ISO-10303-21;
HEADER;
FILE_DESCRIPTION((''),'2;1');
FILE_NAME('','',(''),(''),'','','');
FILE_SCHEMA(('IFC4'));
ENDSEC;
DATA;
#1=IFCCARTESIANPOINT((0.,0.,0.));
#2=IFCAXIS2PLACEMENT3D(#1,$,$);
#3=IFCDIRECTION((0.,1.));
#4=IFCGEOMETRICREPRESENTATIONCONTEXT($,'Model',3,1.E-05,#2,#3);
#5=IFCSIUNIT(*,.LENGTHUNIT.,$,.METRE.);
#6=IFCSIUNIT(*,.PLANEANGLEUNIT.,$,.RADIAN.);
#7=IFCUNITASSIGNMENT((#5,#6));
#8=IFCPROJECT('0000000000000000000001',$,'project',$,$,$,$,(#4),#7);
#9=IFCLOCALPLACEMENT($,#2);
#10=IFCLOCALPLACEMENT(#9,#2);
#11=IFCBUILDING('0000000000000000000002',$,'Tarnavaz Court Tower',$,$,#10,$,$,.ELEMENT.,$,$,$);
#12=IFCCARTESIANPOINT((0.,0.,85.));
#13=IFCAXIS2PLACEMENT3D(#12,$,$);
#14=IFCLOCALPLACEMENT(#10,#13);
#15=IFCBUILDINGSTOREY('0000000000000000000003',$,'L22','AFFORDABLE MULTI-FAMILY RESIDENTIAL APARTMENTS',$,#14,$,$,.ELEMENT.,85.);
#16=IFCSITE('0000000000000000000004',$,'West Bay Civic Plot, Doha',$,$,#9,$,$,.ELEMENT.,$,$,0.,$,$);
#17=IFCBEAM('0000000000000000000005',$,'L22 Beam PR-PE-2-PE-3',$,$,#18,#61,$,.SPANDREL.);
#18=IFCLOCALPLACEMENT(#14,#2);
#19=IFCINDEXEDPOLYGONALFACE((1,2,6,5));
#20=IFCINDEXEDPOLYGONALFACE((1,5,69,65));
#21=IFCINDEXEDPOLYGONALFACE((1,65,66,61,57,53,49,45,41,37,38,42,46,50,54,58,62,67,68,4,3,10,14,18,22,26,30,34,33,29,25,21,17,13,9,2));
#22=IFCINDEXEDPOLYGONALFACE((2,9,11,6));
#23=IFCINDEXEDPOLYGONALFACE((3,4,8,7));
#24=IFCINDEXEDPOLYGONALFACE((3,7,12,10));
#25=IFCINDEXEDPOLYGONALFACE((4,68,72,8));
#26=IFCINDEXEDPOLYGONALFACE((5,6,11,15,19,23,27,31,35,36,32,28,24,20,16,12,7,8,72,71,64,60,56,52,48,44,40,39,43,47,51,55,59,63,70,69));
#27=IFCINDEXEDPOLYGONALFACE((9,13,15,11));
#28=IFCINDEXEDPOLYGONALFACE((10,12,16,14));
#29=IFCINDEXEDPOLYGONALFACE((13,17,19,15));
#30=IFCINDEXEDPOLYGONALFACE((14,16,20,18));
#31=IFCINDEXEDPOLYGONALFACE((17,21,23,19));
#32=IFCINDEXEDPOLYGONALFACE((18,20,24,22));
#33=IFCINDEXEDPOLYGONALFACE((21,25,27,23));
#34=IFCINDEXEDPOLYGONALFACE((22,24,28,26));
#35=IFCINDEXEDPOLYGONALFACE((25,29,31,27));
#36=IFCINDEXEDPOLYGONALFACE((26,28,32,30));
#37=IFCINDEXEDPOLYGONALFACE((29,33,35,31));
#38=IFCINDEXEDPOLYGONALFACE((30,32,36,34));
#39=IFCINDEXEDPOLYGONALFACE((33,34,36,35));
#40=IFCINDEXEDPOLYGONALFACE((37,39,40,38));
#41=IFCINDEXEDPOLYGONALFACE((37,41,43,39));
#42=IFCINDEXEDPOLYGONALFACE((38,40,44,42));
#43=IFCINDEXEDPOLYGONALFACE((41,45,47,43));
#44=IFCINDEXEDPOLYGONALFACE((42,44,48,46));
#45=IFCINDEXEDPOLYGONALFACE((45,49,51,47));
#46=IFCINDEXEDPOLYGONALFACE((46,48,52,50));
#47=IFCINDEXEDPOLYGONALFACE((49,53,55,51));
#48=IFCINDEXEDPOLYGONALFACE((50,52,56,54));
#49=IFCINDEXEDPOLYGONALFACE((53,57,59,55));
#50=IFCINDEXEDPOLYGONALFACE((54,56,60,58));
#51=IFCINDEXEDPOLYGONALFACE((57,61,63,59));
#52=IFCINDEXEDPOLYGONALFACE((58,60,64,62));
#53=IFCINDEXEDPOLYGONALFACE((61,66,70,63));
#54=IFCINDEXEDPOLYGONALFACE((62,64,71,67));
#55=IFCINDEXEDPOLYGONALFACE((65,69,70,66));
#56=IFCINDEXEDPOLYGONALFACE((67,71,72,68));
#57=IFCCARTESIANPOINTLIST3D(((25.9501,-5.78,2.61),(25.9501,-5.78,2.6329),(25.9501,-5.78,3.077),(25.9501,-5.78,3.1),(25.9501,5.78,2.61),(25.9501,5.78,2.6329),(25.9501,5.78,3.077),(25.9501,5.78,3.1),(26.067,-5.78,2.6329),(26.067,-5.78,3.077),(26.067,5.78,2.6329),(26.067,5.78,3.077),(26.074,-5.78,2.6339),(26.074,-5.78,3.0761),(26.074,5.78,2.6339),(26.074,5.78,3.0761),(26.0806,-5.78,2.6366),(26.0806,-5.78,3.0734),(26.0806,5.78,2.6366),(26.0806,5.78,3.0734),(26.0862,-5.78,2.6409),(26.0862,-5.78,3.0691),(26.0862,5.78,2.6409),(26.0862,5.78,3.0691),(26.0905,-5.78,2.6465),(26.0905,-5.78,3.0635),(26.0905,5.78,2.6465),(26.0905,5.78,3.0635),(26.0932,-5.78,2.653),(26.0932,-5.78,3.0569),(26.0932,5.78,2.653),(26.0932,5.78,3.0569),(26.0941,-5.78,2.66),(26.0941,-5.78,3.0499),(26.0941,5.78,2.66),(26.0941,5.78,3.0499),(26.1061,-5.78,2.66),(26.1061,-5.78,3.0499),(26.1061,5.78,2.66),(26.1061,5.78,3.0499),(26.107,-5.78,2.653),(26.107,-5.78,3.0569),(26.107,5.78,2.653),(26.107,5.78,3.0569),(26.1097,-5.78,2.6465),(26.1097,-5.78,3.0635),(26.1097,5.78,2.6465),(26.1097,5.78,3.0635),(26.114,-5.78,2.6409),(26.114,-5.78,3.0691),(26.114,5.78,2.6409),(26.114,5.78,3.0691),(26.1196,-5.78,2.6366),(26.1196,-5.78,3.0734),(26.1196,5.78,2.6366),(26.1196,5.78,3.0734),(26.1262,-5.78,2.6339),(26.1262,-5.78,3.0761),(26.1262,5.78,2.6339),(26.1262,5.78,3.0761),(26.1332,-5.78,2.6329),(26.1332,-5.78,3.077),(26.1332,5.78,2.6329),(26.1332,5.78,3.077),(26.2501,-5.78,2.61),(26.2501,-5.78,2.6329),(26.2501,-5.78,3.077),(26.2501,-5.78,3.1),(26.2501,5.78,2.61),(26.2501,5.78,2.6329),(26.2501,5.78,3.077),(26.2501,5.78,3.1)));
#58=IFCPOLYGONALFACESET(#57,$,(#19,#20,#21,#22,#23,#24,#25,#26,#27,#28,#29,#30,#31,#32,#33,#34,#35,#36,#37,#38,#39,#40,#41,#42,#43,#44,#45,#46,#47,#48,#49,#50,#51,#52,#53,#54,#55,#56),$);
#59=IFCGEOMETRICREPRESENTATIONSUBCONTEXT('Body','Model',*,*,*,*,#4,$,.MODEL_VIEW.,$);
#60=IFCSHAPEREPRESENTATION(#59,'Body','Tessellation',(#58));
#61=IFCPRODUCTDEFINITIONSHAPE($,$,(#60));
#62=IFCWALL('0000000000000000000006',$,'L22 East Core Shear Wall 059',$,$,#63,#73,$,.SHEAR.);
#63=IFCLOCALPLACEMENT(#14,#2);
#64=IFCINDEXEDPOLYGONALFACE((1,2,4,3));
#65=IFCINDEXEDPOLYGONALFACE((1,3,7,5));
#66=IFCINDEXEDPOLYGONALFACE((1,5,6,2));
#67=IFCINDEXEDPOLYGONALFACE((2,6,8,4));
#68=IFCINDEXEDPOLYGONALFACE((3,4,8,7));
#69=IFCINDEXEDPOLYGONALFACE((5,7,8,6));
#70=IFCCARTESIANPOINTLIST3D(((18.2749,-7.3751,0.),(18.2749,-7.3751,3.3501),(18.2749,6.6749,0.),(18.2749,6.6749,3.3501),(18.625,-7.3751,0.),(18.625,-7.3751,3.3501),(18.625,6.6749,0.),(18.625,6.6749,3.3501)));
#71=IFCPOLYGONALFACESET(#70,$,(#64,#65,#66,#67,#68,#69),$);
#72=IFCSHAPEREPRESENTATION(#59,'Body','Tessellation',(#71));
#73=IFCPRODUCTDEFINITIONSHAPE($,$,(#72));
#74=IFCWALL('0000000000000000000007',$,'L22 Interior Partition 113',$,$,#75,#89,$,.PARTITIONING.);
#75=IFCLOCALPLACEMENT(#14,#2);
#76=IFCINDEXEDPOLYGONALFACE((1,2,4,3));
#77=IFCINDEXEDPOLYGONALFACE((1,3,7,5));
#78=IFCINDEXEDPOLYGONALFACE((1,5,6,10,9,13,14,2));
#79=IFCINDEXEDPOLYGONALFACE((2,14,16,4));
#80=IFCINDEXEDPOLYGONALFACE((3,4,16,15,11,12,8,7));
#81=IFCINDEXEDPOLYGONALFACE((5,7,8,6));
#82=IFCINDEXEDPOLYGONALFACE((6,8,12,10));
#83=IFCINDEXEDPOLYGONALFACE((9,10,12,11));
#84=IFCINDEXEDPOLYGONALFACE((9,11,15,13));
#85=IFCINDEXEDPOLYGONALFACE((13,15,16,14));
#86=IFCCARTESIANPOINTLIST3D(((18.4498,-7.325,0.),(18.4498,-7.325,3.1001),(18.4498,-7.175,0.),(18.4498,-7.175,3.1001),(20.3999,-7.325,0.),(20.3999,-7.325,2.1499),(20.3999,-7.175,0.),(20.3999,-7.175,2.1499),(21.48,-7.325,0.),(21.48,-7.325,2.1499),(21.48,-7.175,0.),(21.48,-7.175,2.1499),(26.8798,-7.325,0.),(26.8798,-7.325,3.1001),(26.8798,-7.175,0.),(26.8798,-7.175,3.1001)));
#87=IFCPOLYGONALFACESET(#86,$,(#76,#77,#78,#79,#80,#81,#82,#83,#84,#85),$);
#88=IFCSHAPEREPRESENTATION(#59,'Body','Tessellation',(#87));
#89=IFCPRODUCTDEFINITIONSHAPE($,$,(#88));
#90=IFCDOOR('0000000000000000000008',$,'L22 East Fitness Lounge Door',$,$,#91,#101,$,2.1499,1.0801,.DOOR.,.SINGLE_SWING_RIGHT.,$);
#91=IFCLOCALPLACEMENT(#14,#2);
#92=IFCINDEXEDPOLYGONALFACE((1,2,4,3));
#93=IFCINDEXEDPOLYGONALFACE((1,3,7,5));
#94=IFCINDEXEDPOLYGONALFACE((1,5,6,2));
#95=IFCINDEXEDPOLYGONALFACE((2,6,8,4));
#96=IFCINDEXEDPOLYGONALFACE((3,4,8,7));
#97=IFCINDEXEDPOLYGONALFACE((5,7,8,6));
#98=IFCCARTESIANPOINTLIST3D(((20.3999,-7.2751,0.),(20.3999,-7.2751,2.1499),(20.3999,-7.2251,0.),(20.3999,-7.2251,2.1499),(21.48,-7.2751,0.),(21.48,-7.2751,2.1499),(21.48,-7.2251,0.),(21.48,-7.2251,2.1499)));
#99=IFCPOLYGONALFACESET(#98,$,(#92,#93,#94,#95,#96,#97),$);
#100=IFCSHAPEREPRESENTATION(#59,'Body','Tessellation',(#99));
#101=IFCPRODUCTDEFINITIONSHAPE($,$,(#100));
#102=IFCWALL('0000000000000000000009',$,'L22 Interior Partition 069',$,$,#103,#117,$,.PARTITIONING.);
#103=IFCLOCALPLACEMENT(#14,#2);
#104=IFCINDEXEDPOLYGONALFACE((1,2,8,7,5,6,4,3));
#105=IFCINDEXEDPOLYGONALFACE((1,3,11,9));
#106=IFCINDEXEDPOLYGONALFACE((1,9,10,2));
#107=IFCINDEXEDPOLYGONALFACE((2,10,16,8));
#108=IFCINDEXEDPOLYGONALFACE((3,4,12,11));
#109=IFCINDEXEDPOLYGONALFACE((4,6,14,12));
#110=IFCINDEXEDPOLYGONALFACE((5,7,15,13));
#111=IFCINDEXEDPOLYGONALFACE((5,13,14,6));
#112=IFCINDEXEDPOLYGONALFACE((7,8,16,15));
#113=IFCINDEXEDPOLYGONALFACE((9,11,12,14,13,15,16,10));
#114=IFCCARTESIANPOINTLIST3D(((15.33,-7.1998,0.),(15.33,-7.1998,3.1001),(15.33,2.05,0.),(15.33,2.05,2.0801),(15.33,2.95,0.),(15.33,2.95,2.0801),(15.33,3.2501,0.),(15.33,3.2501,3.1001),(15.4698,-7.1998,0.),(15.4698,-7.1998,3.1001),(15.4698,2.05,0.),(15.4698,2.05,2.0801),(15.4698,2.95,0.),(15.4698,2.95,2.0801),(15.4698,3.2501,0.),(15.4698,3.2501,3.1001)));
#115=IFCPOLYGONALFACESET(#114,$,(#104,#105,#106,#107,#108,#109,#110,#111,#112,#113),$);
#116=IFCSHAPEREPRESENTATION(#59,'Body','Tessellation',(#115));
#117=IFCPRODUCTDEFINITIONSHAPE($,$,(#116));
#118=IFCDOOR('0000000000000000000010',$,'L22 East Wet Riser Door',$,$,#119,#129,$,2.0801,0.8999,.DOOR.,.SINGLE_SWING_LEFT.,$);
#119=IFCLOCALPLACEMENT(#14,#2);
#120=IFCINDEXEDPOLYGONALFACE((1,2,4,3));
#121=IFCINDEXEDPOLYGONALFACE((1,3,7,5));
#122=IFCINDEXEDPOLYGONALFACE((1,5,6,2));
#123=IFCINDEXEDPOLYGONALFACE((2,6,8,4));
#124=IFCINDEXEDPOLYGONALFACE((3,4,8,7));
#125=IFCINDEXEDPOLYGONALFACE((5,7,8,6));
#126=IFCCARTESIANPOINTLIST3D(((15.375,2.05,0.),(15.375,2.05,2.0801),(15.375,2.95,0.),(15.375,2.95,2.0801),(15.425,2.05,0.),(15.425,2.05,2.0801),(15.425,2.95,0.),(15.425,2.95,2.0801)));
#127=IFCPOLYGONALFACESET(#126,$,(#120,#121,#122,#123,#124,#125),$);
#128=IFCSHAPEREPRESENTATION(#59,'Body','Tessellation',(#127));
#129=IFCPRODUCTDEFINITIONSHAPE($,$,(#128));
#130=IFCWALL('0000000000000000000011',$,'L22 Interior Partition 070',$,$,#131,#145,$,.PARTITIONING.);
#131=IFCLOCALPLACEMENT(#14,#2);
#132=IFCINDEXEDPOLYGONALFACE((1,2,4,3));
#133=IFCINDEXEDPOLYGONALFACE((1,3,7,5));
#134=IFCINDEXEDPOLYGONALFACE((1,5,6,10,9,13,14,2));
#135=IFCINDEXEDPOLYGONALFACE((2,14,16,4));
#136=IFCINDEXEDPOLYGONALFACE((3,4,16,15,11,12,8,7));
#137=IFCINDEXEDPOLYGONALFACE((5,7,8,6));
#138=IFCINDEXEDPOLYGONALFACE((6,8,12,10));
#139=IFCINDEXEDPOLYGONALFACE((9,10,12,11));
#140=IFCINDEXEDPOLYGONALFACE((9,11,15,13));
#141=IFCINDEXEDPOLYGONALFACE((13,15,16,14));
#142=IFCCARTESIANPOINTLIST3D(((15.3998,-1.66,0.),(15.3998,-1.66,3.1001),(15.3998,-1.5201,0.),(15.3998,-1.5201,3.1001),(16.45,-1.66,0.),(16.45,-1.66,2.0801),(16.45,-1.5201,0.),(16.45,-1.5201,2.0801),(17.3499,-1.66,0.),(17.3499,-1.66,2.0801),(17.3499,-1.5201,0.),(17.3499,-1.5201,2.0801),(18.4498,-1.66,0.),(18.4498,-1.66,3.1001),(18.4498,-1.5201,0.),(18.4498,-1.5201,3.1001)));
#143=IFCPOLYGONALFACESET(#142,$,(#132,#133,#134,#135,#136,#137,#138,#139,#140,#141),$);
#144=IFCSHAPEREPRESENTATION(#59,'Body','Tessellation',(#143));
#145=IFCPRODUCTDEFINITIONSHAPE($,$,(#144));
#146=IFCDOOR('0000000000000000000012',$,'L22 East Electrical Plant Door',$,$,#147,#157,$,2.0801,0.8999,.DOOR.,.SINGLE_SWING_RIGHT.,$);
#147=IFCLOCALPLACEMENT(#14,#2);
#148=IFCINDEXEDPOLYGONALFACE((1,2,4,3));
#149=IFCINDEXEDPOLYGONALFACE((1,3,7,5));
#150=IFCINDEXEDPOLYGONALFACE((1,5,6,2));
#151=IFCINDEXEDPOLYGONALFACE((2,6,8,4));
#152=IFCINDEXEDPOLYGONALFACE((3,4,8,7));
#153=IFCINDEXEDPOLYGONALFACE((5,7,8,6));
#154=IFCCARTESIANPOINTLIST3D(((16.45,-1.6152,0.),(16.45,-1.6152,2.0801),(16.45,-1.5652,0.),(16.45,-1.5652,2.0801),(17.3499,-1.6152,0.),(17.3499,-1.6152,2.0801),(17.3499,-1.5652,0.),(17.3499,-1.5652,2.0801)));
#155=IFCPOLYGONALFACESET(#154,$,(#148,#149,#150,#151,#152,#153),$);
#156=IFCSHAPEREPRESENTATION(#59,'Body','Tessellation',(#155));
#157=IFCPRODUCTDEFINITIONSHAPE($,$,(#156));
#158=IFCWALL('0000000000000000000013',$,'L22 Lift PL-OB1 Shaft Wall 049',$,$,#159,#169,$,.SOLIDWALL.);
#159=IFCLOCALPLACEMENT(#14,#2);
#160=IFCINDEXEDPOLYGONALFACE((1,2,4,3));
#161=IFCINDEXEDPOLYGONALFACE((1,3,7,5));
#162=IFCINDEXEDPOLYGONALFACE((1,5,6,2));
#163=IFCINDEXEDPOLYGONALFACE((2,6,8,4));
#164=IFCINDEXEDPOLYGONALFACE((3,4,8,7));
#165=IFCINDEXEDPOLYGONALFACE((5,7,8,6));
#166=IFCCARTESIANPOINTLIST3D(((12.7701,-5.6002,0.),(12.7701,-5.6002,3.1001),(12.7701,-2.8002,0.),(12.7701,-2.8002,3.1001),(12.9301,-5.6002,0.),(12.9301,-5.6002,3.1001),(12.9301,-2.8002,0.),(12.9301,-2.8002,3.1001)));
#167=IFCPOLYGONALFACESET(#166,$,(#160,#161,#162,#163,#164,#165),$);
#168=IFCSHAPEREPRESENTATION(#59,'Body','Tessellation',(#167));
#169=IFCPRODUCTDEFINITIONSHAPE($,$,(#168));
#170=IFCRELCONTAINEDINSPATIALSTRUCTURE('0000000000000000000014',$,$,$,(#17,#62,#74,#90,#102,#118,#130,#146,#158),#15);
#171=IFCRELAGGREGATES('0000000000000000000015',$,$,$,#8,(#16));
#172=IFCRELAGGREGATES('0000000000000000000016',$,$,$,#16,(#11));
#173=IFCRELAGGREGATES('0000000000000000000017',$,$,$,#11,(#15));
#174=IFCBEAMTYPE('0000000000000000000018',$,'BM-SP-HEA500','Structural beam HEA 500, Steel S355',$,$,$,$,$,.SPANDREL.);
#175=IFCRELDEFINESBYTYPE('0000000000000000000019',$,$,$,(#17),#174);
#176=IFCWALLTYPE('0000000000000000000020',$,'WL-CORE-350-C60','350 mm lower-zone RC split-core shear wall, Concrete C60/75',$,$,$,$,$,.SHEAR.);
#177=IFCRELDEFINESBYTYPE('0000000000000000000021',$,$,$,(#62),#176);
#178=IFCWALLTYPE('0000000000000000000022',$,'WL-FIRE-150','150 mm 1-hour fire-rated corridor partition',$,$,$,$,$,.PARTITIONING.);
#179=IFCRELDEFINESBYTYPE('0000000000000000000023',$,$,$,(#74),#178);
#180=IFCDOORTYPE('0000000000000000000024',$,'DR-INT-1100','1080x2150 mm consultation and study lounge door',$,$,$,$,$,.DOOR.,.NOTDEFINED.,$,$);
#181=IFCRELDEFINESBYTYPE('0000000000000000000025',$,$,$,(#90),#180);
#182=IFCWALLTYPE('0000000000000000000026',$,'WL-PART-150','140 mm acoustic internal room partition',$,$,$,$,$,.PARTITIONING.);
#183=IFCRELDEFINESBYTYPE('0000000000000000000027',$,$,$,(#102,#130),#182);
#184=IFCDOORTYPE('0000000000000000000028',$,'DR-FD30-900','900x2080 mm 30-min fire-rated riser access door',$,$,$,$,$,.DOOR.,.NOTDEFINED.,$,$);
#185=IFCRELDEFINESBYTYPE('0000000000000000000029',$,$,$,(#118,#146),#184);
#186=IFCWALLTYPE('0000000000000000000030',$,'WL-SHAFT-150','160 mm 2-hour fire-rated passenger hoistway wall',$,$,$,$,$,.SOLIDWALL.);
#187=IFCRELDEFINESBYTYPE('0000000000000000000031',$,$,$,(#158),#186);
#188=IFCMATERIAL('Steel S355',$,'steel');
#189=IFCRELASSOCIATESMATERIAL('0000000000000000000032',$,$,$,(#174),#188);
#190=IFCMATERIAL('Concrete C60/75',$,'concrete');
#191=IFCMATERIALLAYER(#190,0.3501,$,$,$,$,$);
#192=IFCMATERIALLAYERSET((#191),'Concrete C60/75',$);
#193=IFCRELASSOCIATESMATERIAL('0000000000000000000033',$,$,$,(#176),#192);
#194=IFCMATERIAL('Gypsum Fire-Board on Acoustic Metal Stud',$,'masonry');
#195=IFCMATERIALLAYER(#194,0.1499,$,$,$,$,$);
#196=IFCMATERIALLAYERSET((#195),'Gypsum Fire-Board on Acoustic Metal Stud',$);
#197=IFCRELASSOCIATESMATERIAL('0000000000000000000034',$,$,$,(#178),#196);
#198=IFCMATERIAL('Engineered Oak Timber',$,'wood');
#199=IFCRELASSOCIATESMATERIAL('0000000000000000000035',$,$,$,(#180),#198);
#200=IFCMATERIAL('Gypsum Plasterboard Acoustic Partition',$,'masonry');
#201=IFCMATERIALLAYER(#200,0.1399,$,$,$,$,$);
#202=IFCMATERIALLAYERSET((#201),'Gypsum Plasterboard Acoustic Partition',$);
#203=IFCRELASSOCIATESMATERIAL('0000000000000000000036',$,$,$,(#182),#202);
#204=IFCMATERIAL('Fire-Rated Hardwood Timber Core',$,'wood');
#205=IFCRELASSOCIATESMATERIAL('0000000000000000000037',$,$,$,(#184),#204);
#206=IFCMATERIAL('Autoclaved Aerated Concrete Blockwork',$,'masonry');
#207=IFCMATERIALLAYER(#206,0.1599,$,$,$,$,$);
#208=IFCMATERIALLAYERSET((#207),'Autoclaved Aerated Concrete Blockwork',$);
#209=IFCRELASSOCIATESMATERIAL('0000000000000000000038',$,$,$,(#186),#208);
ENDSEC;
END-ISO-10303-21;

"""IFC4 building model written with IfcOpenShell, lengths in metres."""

from ifc_helpers import new_model, si_unit, direction, frame, frame_2d, origin, origin_2d, place, context, subcontext, project, spatial, rectangle, i_section, extrude, material, layer, layer_set, material_profile, profile_set, type_object, element, fill, save


model = new_model("IFC4")

# Units and contexts
model_context = context("Model", 3, precision=1e-05, world=origin(), true_north=direction((0.0, 1.0)))
body_context = subcontext(model_context, "Body", "Model", "MODEL_VIEW")
ifc_project = project(units=[si_unit("LENGTHUNIT", "METRE"), si_unit("PLANEANGLEUNIT", "RADIAN")], contexts=[model_context])

# Site, building, storey
site_placement = place(None, origin())
site = spatial("IfcSite", under=ifc_project, at=site_placement, Name="West Bay Civic Plot, Doha", CompositionType="ELEMENT", RefElevation=0.0)
building_placement = place(site_placement, origin())
building = spatial("IfcBuilding", under=site, at=building_placement, Name="Tarnavaz Court Tower", CompositionType="ELEMENT")
storey_placement = place(building_placement, frame((0.0, 0.0, 85.0)))
storey = spatial("IfcBuildingStorey", under=building, at=storey_placement, Name="L22", Description="AFFORDABLE MULTI-FAMILY RESIDENTIAL APARTMENTS", CompositionType="ELEMENT", Elevation=85.0)

# Shared definitions
ifc_material_1 = material(Name="Concrete C60/75", Category="concrete")

# Beam
ifc_material_2 = material(Name="Steel S355", Category="steel")
ifc_material_profile_1 = material_profile(ifc_material_2, i_section(OverallWidth=0.3, OverallDepth=0.49, WebThickness=0.012, FlangeThickness=0.0229, FilletRadius=0.0271, at=origin_2d()), Name="HEA 500")
ifc_profile_set_1 = profile_set([ifc_material_profile_1], Name="Steel S355")
beam_type_1 = type_object("IfcBeamType", Name="BM-SP-HEA500", Description="Structural beam HEA 500, Steel S355", PredefinedType="SPANDREL", material=ifc_profile_set_1)
beam_1_placement = place(storey_placement, frame((26.1001, -5.78, 2.855), z_axis=(0.0, 1.0, 0.0), x_axis=(-1.0, 0.0, 0.0)))
element("IfcBeam", 1, at=beam_1_placement, inside=storey, type_object=beam_type_1, Name="L22 Beam PR-PE-2-PE-3", PredefinedType="SPANDREL", context=body_context, shape_type="SweptSolid", body=[
    extrude(i_section(OverallWidth=0.3, OverallDepth=0.49, WebThickness=0.012, FlangeThickness=0.0229, FilletRadius=0.0271, at=origin_2d()), origin(), (0.0, 0.0, 1.0), 11.5601),
])

# Wall
ifc_layer_1 = layer(ifc_material_1, 0.3501)
ifc_layer_set_1 = layer_set([ifc_layer_1], Name="Concrete C60/75")
wall_type_1 = type_object("IfcWallType", Name="WL-CORE-350-C60", Description="350 mm lower-zone RC split-core shear wall, Concrete C60/75", PredefinedType="SHEAR", material=ifc_layer_set_1)
wall_1_placement = place(storey_placement, frame((18.45, -7.375, 0.0), z_axis=(0.0, 0.0, 1.0), x_axis=(0.0, 1.0, 0.0)))
element("IfcWall", 2, at=wall_1_placement, inside=storey, type_object=wall_type_1, Name="L22 East Core Shear Wall 059", PredefinedType="SHEAR", context=body_context, shape_type="SweptSolid", body=[
    extrude(rectangle(XDim=14.05, YDim=0.3501, at=frame_2d((7.0249, 0.0))), origin(), (0.0, 0.0, 1.0), 3.3501),
])

# Walls, openings, doors
ifc_material_3 = material(Name="Gypsum Fire-Board on Acoustic Metal Stud", Category="masonry")
ifc_layer_2 = layer(ifc_material_3, 0.1499)
ifc_layer_set_2 = layer_set([ifc_layer_2], Name="Gypsum Fire-Board on Acoustic Metal Stud")
wall_type_2 = type_object("IfcWallType", Name="WL-FIRE-150", Description="150 mm 1-hour fire-rated corridor partition", PredefinedType="PARTITIONING", material=ifc_layer_set_2)
wall_2_placement = place(storey_placement, frame((18.45, -7.25, 0.0), z_axis=(0.0, 0.0, 1.0), x_axis=(1.0, 0.0, 0.0)))
wall_2 = element("IfcWall", 3, at=wall_2_placement, inside=storey, type_object=wall_type_2, Name="L22 Interior Partition 113", PredefinedType="PARTITIONING", context=body_context, shape_type="SweptSolid", body=[
    extrude(rectangle(XDim=8.4299, YDim=0.1499, at=frame_2d((4.2148, 0.0))), origin(), (0.0, 0.0, 1.0), 3.1001),
])
opening_1_placement = place(wall_2_placement, frame((1.95, 0.0, 0.0)))
opening_1 = element("IfcOpeningElement", 4, at=opening_1_placement, cuts=wall_2, PredefinedType="OPENING", context=body_context, shape_type="SweptSolid", body=[
    extrude(rectangle(XDim=1.0801, YDim=2.1499, at=frame_2d((0.54, 1.075))), frame((0.0, 0.085, 0.0), z_axis=(0.0, -1.0, 0.0), x_axis=(1.0, 0.0, 0.0)), (0.0, 0.0, 1.0), 0.1699),
])
ifc_material_4 = material(Name="Engineered Oak Timber", Category="wood")
door_type_1 = type_object("IfcDoorType", Name="DR-INT-1100", Description="1080x2150 mm consultation and study lounge door", OperationType="NOTDEFINED", PredefinedType="DOOR", material=ifc_material_4)
door_1_placement = place(opening_1_placement, origin())
door_1 = element("IfcDoor", 5, at=door_1_placement, inside=storey, type_object=door_type_1, Name="L22 East Fitness Lounge Door", OperationType="SINGLE_SWING_RIGHT", OverallHeight=2.1499, OverallWidth=1.0801, PredefinedType="DOOR", context=body_context, shape_type="SweptSolid", body=[
    extrude(rectangle(XDim=1.0801, YDim=2.1499, at=frame_2d((0.54, 1.075))), frame((0.0, 0.0249, 0.0), z_axis=(0.0, -1.0, 0.0), x_axis=(1.0, 0.0, 0.0)), (0.0, 0.0, 1.0), 0.05),
])
fill(opening_1, door_1)
ifc_material_5 = material(Name="Gypsum Plasterboard Acoustic Partition", Category="masonry")
ifc_layer_3 = layer(ifc_material_5, 0.1399)
ifc_layer_set_3 = layer_set([ifc_layer_3], Name="Gypsum Plasterboard Acoustic Partition")
wall_type_3 = type_object("IfcWallType", Name="WL-PART-150", Description="140 mm acoustic internal room partition", PredefinedType="PARTITIONING", material=ifc_layer_set_3)
wall_3_placement = place(storey_placement, frame((15.3999, -7.2, 0.0), z_axis=(0.0, 0.0, 1.0), x_axis=(0.0, 1.0, 0.0)))
wall_3 = element("IfcWall", 6, at=wall_3_placement, inside=storey, type_object=wall_type_3, Name="L22 Interior Partition 069", PredefinedType="PARTITIONING", context=body_context, shape_type="SweptSolid", body=[
    extrude(rectangle(XDim=10.45, YDim=0.1399, at=frame_2d((5.2251, 0.0))), origin(), (0.0, 0.0, 1.0), 3.1001),
])
opening_2_placement = place(wall_3_placement, frame((9.25, 0.0, 0.0)))
opening_2 = element("IfcOpeningElement", 7, at=opening_2_placement, cuts=wall_3, PredefinedType="OPENING", context=body_context, shape_type="SweptSolid", body=[
    extrude(rectangle(XDim=0.8999, YDim=2.0801, at=frame_2d((0.45, 1.04))), frame((0.0, 0.0798, 0.0), z_axis=(0.0, -1.0, 0.0), x_axis=(1.0, 0.0, 0.0)), (0.0, 0.0, 1.0), 0.1599),
])
ifc_material_6 = material(Name="Fire-Rated Hardwood Timber Core", Category="wood")
door_type_2 = type_object("IfcDoorType", Name="DR-FD30-900", Description="900x2080 mm 30-min fire-rated riser access door", OperationType="NOTDEFINED", PredefinedType="DOOR", material=ifc_material_6)
door_2_placement = place(opening_2_placement, origin())
door_2 = element("IfcDoor", 8, at=door_2_placement, inside=storey, type_object=door_type_2, Name="L22 East Wet Riser Door", OperationType="SINGLE_SWING_LEFT", OverallHeight=2.0801, OverallWidth=0.8999, PredefinedType="DOOR", context=body_context, shape_type="SweptSolid", body=[
    extrude(rectangle(XDim=0.8999, YDim=2.0801, at=frame_2d((0.45, 1.04))), frame((0.0, 0.0249, 0.0), z_axis=(0.0, -1.0, 0.0), x_axis=(1.0, 0.0, 0.0)), (0.0, 0.0, 1.0), 0.05),
])
fill(opening_2, door_2)
wall_4_placement = place(storey_placement, frame((15.3999, -1.5901, 0.0), z_axis=(0.0, 0.0, 1.0), x_axis=(1.0, 0.0, 0.0)))
wall_4 = element("IfcWall", 9, at=wall_4_placement, inside=storey, type_object=wall_type_3, Name="L22 Interior Partition 070", PredefinedType="PARTITIONING", context=body_context, shape_type="SweptSolid", body=[
    extrude(rectangle(XDim=3.05, YDim=0.1399, at=frame_2d((1.5249, 0.0))), origin(), (0.0, 0.0, 1.0), 3.1001),
])
opening_3_placement = place(wall_4_placement, frame((1.05, 0.0, 0.0)))
opening_3 = element("IfcOpeningElement", 10, at=opening_3_placement, cuts=wall_4, PredefinedType="OPENING", context=body_context, shape_type="SweptSolid", body=[
    extrude(rectangle(XDim=0.8999, YDim=2.0801, at=frame_2d((0.45, 1.04))), frame((0.0, 0.0798, 0.0), z_axis=(0.0, -1.0, 0.0), x_axis=(1.0, 0.0, 0.0)), (0.0, 0.0, 1.0), 0.1599),
])
door_3_placement = place(opening_3_placement, origin())
door_3 = element("IfcDoor", 11, at=door_3_placement, inside=storey, type_object=door_type_2, Name="L22 East Electrical Plant Door", OperationType="SINGLE_SWING_RIGHT", OverallHeight=2.0801, OverallWidth=0.8999, PredefinedType="DOOR", context=body_context, shape_type="SweptSolid", body=[
    extrude(rectangle(XDim=0.8999, YDim=2.0801, at=frame_2d((0.45, 1.04))), frame((0.0, 0.0249, 0.0), z_axis=(0.0, -1.0, 0.0), x_axis=(1.0, 0.0, 0.0)), (0.0, 0.0, 1.0), 0.05),
])
fill(opening_3, door_3)

# Wall
ifc_material_7 = material(Name="Autoclaved Aerated Concrete Blockwork", Category="masonry")
ifc_layer_4 = layer(ifc_material_7, 0.1599)
ifc_layer_set_4 = layer_set([ifc_layer_4], Name="Autoclaved Aerated Concrete Blockwork")
wall_type_4 = type_object("IfcWallType", Name="WL-SHAFT-150", Description="160 mm 2-hour fire-rated passenger hoistway wall", PredefinedType="SOLIDWALL", material=ifc_layer_set_4)
for number, where, z_axis, x_axis, name in (
    (12, (12.8501, -5.6001, 0.0), (0.0, 0.0, 1.0), (0.0, 1.0, 0.0), "L22 Lift PL-OB1 Shaft Wall 049"),
):
    element("IfcWall", number, at=place(storey_placement, frame(where, z_axis=z_axis, x_axis=x_axis)), inside=storey, type_object=wall_type_4, Name=name, PredefinedType="SOLIDWALL", context=body_context, shape_type="SweptSolid", body=[
        extrude(rectangle(XDim=2.8, YDim=0.1599, at=frame_2d((1.3999, 0.0))), origin(), (0.0, 0.0, 1.0), 3.1001),
    ])

save(model, "model.ifc")
